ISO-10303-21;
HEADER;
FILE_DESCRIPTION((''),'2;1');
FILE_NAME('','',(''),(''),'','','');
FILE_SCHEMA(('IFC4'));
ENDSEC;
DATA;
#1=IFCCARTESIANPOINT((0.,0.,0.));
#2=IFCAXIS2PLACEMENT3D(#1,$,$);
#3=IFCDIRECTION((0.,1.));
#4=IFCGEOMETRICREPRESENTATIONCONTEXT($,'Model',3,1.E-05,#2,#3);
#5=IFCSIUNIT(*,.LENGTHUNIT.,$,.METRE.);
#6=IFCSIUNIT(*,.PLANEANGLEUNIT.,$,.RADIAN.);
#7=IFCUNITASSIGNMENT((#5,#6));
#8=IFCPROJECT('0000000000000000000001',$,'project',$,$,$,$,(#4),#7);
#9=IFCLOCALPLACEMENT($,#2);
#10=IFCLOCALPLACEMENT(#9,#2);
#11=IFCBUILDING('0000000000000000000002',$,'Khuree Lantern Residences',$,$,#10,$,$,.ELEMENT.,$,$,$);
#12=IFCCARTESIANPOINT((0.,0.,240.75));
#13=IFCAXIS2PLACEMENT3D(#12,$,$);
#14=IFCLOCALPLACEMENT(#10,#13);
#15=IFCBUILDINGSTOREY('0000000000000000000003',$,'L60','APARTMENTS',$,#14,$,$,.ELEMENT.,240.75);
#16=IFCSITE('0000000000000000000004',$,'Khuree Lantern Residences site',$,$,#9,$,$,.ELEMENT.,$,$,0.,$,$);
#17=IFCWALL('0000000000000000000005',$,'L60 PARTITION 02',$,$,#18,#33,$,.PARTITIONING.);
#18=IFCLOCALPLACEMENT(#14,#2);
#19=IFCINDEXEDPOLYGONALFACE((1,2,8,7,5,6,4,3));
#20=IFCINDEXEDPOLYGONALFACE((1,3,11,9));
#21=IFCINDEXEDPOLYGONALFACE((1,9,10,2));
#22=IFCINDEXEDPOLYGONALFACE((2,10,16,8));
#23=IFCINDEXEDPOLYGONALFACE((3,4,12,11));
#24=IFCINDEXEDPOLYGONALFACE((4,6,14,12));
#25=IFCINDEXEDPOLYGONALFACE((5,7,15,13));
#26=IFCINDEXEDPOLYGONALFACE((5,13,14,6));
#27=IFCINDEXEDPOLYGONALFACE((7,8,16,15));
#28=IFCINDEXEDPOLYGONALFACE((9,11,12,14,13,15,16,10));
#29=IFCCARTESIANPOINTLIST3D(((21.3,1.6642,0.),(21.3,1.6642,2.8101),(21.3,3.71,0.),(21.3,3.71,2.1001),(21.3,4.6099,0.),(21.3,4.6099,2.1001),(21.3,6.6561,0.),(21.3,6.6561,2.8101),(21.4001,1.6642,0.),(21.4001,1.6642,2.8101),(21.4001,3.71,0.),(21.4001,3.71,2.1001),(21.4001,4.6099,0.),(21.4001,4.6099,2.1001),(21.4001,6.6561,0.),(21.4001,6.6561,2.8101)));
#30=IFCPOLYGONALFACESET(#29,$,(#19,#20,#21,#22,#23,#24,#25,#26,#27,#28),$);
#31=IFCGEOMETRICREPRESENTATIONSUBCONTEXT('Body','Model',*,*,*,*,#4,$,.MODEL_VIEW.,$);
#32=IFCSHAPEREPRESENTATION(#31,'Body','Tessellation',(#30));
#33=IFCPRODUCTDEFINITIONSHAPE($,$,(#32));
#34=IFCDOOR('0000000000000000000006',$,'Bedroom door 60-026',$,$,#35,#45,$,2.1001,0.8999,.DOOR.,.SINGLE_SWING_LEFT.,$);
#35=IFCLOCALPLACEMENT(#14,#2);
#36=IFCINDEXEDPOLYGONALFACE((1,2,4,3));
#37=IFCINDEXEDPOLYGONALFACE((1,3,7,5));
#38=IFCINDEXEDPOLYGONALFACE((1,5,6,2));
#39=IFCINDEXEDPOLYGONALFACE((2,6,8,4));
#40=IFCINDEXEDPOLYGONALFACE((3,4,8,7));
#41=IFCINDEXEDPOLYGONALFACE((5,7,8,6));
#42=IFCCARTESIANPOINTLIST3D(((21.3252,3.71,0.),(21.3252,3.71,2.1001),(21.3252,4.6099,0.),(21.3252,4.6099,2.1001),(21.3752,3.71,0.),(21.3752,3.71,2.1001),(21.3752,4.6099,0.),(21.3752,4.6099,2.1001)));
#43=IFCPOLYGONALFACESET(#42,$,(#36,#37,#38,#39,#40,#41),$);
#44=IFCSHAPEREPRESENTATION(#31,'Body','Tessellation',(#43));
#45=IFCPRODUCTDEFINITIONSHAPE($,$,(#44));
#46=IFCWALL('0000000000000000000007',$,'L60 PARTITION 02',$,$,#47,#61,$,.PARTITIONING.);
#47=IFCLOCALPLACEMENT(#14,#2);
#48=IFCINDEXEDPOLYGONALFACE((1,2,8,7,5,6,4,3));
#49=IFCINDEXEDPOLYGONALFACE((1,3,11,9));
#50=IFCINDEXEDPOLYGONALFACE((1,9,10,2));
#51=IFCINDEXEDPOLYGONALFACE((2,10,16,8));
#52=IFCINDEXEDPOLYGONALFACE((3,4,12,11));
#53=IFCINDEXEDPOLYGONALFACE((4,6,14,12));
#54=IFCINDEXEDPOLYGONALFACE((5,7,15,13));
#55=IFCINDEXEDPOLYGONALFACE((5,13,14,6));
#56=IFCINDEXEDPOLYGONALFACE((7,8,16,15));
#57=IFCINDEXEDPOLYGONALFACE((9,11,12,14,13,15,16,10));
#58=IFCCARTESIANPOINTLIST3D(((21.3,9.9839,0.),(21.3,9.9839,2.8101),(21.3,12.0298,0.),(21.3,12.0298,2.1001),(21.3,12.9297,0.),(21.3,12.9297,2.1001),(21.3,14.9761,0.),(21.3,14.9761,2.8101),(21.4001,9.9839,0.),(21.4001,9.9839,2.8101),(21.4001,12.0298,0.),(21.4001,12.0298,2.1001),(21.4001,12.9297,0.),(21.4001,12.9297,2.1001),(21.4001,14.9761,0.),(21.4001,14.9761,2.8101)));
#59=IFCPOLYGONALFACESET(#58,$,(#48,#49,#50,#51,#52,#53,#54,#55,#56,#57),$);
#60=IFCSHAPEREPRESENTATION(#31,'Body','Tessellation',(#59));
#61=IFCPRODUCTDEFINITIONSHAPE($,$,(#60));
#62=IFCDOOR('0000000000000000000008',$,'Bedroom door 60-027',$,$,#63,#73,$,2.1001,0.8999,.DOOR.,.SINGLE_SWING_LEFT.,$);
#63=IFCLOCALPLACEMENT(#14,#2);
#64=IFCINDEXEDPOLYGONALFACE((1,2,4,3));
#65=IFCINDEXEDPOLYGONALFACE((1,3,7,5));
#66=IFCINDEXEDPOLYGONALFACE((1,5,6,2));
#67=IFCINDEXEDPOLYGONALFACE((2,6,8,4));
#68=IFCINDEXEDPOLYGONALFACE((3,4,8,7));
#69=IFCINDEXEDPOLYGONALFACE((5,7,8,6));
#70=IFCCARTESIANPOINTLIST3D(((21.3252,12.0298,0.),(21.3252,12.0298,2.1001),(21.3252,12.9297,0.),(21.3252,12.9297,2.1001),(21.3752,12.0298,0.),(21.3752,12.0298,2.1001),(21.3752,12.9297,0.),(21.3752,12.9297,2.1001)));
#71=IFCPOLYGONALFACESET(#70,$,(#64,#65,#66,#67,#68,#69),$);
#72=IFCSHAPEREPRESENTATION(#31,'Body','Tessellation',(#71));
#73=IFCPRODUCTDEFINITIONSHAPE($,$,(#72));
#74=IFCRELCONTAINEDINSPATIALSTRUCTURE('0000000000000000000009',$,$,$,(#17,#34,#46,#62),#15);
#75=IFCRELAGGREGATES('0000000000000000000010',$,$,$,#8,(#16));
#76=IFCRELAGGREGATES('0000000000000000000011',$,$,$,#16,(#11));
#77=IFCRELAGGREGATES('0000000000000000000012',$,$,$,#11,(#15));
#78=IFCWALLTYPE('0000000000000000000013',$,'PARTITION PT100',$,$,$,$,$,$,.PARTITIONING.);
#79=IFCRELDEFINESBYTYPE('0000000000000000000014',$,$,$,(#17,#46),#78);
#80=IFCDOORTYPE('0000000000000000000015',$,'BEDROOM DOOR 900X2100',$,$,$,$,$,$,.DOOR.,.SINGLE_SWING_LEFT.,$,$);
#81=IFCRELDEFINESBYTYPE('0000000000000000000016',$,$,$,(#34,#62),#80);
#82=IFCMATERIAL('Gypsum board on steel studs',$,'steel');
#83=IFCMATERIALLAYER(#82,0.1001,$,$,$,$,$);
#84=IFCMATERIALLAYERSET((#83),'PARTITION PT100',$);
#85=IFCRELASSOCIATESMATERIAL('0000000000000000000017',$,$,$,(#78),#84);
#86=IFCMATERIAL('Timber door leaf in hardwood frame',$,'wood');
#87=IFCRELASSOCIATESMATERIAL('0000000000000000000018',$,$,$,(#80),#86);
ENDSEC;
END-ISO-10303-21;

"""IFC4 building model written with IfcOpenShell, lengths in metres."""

from ifc_helpers import new_model, si_unit, direction, frame, frame_2d, origin, place, context, subcontext, project, spatial, rectangle, extrude, material, layer, layer_set, type_object, element, fill, save


model = new_model("IFC4")

# Units and contexts
model_context = context("Model", 3, precision=1e-05, world=origin(), true_north=direction((0.0, 1.0)))
body_context = subcontext(model_context, "Body", "Model", "MODEL_VIEW")
ifc_project = project(units=[si_unit("LENGTHUNIT", "METRE"), si_unit("PLANEANGLEUNIT", "RADIAN")], contexts=[model_context])

# Site, building, storey
site_placement = place(None, origin())
site = spatial("IfcSite", under=ifc_project, at=site_placement, Name="Khuree Lantern Residences site", CompositionType="ELEMENT", RefElevation=0.0)
building_placement = place(site_placement, origin())
building = spatial("IfcBuilding", under=site, at=building_placement, Name="Khuree Lantern Residences", CompositionType="ELEMENT")
storey_placement = place(building_placement, frame((0.0, 0.0, 240.75)))
storey = spatial("IfcBuildingStorey", under=building, at=storey_placement, Name="L60", Description="APARTMENTS", CompositionType="ELEMENT", Elevation=240.75)

# Shared definitions
ifc_material_1 = material(Name="Timber door leaf in hardwood frame", Category="wood")

# Shared definitions
ifc_material_2 = material(Name="Gypsum board on steel studs", Category="steel")
ifc_layer_1 = layer(ifc_material_2, 0.1001)
ifc_layer_set_1 = layer_set([ifc_layer_1], Name="PARTITION PT100")
wall_type_1 = type_object("IfcWallType", Name="PARTITION PT100", PredefinedType="PARTITIONING", material=ifc_layer_set_1)

# Walls, openings, doors
wall_1_placement = place(storey_placement, frame((21.3501, 1.6641, 0.0), z_axis=(0.0, 0.0, 1.0), x_axis=(0.0, 1.0, 0.0)))
wall_1 = element("IfcWall", 1, at=wall_1_placement, inside=storey, type_object=wall_type_1, Name="L60 PARTITION 02", PredefinedType="PARTITIONING", context=body_context, shape_type="SweptSolid", body=[
    extrude(rectangle(XDim=4.9919, YDim=0.1001, at=frame_2d((2.4961, 0.0))), origin(), (0.0, 0.0, 1.0), 2.8101),
])
opening_1_placement = place(wall_1_placement, frame((2.0459, 0.0, 0.0)))
opening_1 = element("IfcOpeningElement", 2, at=opening_1_placement, cuts=wall_1, PredefinedType="OPENING", context=body_context, shape_type="SweptSolid", body=[
    extrude(rectangle(XDim=0.8999, YDim=2.1001, at=frame_2d((0.45, 1.05))), frame((0.0, 0.0601, 0.0), z_axis=(0.0, -1.0, 0.0), x_axis=(1.0, 0.0, 0.0)), (0.0, 0.0, 1.0), 0.1201),
])
door_type_1 = type_object("IfcDoorType", Name="BEDROOM DOOR 900X2100", OperationType="SINGLE_SWING_LEFT", PredefinedType="DOOR", material=ifc_material_1)
door_1_placement = place(opening_1_placement, origin())
door_1 = element("IfcDoor", 3, at=door_1_placement, inside=storey, type_object=door_type_1, Name="Bedroom door 60-026", OperationType="SINGLE_SWING_LEFT", OverallHeight=2.1001, OverallWidth=0.8999, PredefinedType="DOOR", context=body_context, shape_type="SweptSolid", body=[
    extrude(rectangle(XDim=0.8999, YDim=2.1001, at=frame_2d((0.45, 1.05))), frame((0.0, 0.0249, 0.0), z_axis=(0.0, -1.0, 0.0), x_axis=(1.0, 0.0, 0.0)), (0.0, 0.0, 1.0), 0.05),
])
fill(opening_1, door_1)
wall_2_placement = place(storey_placement, frame((21.3501, 9.9839, 0.0), z_axis=(0.0, 0.0, 1.0), x_axis=(0.0, 1.0, 0.0)))
wall_2 = element("IfcWall", 4, at=wall_2_placement, inside=storey, type_object=wall_type_1, Name="L60 PARTITION 02", PredefinedType="PARTITIONING", context=body_context, shape_type="SweptSolid", body=[
    extrude(rectangle(XDim=4.9922, YDim=0.1001, at=frame_2d((2.4961, 0.0))), origin(), (0.0, 0.0, 1.0), 2.8101),
])
opening_2_placement = place(wall_2_placement, frame((2.0459, 0.0, 0.0)))
opening_2 = element("IfcOpeningElement", 5, at=opening_2_placement, cuts=wall_2, PredefinedType="OPENING", context=body_context, shape_type="SweptSolid", body=[
    extrude(rectangle(XDim=0.8999, YDim=2.1001, at=frame_2d((0.45, 1.05))), frame((0.0, 0.0601, 0.0), z_axis=(0.0, -1.0, 0.0), x_axis=(1.0, 0.0, 0.0)), (0.0, 0.0, 1.0), 0.1201),
])
door_2_placement = place(opening_2_placement, origin())
door_2 = element("IfcDoor", 6, at=door_2_placement, inside=storey, type_object=door_type_1, Name="Bedroom door 60-027", OperationType="SINGLE_SWING_LEFT", OverallHeight=2.1001, OverallWidth=0.8999, PredefinedType="DOOR", context=body_context, shape_type="SweptSolid", body=[
    extrude(rectangle(XDim=0.8999, YDim=2.1001, at=frame_2d((0.45, 1.05))), frame((0.0, 0.0249, 0.0), z_axis=(0.0, -1.0, 0.0), x_axis=(1.0, 0.0, 0.0)), (0.0, 0.0, 1.0), 0.05),
])
fill(opening_2, door_2)

save(model, "model.ifc")
